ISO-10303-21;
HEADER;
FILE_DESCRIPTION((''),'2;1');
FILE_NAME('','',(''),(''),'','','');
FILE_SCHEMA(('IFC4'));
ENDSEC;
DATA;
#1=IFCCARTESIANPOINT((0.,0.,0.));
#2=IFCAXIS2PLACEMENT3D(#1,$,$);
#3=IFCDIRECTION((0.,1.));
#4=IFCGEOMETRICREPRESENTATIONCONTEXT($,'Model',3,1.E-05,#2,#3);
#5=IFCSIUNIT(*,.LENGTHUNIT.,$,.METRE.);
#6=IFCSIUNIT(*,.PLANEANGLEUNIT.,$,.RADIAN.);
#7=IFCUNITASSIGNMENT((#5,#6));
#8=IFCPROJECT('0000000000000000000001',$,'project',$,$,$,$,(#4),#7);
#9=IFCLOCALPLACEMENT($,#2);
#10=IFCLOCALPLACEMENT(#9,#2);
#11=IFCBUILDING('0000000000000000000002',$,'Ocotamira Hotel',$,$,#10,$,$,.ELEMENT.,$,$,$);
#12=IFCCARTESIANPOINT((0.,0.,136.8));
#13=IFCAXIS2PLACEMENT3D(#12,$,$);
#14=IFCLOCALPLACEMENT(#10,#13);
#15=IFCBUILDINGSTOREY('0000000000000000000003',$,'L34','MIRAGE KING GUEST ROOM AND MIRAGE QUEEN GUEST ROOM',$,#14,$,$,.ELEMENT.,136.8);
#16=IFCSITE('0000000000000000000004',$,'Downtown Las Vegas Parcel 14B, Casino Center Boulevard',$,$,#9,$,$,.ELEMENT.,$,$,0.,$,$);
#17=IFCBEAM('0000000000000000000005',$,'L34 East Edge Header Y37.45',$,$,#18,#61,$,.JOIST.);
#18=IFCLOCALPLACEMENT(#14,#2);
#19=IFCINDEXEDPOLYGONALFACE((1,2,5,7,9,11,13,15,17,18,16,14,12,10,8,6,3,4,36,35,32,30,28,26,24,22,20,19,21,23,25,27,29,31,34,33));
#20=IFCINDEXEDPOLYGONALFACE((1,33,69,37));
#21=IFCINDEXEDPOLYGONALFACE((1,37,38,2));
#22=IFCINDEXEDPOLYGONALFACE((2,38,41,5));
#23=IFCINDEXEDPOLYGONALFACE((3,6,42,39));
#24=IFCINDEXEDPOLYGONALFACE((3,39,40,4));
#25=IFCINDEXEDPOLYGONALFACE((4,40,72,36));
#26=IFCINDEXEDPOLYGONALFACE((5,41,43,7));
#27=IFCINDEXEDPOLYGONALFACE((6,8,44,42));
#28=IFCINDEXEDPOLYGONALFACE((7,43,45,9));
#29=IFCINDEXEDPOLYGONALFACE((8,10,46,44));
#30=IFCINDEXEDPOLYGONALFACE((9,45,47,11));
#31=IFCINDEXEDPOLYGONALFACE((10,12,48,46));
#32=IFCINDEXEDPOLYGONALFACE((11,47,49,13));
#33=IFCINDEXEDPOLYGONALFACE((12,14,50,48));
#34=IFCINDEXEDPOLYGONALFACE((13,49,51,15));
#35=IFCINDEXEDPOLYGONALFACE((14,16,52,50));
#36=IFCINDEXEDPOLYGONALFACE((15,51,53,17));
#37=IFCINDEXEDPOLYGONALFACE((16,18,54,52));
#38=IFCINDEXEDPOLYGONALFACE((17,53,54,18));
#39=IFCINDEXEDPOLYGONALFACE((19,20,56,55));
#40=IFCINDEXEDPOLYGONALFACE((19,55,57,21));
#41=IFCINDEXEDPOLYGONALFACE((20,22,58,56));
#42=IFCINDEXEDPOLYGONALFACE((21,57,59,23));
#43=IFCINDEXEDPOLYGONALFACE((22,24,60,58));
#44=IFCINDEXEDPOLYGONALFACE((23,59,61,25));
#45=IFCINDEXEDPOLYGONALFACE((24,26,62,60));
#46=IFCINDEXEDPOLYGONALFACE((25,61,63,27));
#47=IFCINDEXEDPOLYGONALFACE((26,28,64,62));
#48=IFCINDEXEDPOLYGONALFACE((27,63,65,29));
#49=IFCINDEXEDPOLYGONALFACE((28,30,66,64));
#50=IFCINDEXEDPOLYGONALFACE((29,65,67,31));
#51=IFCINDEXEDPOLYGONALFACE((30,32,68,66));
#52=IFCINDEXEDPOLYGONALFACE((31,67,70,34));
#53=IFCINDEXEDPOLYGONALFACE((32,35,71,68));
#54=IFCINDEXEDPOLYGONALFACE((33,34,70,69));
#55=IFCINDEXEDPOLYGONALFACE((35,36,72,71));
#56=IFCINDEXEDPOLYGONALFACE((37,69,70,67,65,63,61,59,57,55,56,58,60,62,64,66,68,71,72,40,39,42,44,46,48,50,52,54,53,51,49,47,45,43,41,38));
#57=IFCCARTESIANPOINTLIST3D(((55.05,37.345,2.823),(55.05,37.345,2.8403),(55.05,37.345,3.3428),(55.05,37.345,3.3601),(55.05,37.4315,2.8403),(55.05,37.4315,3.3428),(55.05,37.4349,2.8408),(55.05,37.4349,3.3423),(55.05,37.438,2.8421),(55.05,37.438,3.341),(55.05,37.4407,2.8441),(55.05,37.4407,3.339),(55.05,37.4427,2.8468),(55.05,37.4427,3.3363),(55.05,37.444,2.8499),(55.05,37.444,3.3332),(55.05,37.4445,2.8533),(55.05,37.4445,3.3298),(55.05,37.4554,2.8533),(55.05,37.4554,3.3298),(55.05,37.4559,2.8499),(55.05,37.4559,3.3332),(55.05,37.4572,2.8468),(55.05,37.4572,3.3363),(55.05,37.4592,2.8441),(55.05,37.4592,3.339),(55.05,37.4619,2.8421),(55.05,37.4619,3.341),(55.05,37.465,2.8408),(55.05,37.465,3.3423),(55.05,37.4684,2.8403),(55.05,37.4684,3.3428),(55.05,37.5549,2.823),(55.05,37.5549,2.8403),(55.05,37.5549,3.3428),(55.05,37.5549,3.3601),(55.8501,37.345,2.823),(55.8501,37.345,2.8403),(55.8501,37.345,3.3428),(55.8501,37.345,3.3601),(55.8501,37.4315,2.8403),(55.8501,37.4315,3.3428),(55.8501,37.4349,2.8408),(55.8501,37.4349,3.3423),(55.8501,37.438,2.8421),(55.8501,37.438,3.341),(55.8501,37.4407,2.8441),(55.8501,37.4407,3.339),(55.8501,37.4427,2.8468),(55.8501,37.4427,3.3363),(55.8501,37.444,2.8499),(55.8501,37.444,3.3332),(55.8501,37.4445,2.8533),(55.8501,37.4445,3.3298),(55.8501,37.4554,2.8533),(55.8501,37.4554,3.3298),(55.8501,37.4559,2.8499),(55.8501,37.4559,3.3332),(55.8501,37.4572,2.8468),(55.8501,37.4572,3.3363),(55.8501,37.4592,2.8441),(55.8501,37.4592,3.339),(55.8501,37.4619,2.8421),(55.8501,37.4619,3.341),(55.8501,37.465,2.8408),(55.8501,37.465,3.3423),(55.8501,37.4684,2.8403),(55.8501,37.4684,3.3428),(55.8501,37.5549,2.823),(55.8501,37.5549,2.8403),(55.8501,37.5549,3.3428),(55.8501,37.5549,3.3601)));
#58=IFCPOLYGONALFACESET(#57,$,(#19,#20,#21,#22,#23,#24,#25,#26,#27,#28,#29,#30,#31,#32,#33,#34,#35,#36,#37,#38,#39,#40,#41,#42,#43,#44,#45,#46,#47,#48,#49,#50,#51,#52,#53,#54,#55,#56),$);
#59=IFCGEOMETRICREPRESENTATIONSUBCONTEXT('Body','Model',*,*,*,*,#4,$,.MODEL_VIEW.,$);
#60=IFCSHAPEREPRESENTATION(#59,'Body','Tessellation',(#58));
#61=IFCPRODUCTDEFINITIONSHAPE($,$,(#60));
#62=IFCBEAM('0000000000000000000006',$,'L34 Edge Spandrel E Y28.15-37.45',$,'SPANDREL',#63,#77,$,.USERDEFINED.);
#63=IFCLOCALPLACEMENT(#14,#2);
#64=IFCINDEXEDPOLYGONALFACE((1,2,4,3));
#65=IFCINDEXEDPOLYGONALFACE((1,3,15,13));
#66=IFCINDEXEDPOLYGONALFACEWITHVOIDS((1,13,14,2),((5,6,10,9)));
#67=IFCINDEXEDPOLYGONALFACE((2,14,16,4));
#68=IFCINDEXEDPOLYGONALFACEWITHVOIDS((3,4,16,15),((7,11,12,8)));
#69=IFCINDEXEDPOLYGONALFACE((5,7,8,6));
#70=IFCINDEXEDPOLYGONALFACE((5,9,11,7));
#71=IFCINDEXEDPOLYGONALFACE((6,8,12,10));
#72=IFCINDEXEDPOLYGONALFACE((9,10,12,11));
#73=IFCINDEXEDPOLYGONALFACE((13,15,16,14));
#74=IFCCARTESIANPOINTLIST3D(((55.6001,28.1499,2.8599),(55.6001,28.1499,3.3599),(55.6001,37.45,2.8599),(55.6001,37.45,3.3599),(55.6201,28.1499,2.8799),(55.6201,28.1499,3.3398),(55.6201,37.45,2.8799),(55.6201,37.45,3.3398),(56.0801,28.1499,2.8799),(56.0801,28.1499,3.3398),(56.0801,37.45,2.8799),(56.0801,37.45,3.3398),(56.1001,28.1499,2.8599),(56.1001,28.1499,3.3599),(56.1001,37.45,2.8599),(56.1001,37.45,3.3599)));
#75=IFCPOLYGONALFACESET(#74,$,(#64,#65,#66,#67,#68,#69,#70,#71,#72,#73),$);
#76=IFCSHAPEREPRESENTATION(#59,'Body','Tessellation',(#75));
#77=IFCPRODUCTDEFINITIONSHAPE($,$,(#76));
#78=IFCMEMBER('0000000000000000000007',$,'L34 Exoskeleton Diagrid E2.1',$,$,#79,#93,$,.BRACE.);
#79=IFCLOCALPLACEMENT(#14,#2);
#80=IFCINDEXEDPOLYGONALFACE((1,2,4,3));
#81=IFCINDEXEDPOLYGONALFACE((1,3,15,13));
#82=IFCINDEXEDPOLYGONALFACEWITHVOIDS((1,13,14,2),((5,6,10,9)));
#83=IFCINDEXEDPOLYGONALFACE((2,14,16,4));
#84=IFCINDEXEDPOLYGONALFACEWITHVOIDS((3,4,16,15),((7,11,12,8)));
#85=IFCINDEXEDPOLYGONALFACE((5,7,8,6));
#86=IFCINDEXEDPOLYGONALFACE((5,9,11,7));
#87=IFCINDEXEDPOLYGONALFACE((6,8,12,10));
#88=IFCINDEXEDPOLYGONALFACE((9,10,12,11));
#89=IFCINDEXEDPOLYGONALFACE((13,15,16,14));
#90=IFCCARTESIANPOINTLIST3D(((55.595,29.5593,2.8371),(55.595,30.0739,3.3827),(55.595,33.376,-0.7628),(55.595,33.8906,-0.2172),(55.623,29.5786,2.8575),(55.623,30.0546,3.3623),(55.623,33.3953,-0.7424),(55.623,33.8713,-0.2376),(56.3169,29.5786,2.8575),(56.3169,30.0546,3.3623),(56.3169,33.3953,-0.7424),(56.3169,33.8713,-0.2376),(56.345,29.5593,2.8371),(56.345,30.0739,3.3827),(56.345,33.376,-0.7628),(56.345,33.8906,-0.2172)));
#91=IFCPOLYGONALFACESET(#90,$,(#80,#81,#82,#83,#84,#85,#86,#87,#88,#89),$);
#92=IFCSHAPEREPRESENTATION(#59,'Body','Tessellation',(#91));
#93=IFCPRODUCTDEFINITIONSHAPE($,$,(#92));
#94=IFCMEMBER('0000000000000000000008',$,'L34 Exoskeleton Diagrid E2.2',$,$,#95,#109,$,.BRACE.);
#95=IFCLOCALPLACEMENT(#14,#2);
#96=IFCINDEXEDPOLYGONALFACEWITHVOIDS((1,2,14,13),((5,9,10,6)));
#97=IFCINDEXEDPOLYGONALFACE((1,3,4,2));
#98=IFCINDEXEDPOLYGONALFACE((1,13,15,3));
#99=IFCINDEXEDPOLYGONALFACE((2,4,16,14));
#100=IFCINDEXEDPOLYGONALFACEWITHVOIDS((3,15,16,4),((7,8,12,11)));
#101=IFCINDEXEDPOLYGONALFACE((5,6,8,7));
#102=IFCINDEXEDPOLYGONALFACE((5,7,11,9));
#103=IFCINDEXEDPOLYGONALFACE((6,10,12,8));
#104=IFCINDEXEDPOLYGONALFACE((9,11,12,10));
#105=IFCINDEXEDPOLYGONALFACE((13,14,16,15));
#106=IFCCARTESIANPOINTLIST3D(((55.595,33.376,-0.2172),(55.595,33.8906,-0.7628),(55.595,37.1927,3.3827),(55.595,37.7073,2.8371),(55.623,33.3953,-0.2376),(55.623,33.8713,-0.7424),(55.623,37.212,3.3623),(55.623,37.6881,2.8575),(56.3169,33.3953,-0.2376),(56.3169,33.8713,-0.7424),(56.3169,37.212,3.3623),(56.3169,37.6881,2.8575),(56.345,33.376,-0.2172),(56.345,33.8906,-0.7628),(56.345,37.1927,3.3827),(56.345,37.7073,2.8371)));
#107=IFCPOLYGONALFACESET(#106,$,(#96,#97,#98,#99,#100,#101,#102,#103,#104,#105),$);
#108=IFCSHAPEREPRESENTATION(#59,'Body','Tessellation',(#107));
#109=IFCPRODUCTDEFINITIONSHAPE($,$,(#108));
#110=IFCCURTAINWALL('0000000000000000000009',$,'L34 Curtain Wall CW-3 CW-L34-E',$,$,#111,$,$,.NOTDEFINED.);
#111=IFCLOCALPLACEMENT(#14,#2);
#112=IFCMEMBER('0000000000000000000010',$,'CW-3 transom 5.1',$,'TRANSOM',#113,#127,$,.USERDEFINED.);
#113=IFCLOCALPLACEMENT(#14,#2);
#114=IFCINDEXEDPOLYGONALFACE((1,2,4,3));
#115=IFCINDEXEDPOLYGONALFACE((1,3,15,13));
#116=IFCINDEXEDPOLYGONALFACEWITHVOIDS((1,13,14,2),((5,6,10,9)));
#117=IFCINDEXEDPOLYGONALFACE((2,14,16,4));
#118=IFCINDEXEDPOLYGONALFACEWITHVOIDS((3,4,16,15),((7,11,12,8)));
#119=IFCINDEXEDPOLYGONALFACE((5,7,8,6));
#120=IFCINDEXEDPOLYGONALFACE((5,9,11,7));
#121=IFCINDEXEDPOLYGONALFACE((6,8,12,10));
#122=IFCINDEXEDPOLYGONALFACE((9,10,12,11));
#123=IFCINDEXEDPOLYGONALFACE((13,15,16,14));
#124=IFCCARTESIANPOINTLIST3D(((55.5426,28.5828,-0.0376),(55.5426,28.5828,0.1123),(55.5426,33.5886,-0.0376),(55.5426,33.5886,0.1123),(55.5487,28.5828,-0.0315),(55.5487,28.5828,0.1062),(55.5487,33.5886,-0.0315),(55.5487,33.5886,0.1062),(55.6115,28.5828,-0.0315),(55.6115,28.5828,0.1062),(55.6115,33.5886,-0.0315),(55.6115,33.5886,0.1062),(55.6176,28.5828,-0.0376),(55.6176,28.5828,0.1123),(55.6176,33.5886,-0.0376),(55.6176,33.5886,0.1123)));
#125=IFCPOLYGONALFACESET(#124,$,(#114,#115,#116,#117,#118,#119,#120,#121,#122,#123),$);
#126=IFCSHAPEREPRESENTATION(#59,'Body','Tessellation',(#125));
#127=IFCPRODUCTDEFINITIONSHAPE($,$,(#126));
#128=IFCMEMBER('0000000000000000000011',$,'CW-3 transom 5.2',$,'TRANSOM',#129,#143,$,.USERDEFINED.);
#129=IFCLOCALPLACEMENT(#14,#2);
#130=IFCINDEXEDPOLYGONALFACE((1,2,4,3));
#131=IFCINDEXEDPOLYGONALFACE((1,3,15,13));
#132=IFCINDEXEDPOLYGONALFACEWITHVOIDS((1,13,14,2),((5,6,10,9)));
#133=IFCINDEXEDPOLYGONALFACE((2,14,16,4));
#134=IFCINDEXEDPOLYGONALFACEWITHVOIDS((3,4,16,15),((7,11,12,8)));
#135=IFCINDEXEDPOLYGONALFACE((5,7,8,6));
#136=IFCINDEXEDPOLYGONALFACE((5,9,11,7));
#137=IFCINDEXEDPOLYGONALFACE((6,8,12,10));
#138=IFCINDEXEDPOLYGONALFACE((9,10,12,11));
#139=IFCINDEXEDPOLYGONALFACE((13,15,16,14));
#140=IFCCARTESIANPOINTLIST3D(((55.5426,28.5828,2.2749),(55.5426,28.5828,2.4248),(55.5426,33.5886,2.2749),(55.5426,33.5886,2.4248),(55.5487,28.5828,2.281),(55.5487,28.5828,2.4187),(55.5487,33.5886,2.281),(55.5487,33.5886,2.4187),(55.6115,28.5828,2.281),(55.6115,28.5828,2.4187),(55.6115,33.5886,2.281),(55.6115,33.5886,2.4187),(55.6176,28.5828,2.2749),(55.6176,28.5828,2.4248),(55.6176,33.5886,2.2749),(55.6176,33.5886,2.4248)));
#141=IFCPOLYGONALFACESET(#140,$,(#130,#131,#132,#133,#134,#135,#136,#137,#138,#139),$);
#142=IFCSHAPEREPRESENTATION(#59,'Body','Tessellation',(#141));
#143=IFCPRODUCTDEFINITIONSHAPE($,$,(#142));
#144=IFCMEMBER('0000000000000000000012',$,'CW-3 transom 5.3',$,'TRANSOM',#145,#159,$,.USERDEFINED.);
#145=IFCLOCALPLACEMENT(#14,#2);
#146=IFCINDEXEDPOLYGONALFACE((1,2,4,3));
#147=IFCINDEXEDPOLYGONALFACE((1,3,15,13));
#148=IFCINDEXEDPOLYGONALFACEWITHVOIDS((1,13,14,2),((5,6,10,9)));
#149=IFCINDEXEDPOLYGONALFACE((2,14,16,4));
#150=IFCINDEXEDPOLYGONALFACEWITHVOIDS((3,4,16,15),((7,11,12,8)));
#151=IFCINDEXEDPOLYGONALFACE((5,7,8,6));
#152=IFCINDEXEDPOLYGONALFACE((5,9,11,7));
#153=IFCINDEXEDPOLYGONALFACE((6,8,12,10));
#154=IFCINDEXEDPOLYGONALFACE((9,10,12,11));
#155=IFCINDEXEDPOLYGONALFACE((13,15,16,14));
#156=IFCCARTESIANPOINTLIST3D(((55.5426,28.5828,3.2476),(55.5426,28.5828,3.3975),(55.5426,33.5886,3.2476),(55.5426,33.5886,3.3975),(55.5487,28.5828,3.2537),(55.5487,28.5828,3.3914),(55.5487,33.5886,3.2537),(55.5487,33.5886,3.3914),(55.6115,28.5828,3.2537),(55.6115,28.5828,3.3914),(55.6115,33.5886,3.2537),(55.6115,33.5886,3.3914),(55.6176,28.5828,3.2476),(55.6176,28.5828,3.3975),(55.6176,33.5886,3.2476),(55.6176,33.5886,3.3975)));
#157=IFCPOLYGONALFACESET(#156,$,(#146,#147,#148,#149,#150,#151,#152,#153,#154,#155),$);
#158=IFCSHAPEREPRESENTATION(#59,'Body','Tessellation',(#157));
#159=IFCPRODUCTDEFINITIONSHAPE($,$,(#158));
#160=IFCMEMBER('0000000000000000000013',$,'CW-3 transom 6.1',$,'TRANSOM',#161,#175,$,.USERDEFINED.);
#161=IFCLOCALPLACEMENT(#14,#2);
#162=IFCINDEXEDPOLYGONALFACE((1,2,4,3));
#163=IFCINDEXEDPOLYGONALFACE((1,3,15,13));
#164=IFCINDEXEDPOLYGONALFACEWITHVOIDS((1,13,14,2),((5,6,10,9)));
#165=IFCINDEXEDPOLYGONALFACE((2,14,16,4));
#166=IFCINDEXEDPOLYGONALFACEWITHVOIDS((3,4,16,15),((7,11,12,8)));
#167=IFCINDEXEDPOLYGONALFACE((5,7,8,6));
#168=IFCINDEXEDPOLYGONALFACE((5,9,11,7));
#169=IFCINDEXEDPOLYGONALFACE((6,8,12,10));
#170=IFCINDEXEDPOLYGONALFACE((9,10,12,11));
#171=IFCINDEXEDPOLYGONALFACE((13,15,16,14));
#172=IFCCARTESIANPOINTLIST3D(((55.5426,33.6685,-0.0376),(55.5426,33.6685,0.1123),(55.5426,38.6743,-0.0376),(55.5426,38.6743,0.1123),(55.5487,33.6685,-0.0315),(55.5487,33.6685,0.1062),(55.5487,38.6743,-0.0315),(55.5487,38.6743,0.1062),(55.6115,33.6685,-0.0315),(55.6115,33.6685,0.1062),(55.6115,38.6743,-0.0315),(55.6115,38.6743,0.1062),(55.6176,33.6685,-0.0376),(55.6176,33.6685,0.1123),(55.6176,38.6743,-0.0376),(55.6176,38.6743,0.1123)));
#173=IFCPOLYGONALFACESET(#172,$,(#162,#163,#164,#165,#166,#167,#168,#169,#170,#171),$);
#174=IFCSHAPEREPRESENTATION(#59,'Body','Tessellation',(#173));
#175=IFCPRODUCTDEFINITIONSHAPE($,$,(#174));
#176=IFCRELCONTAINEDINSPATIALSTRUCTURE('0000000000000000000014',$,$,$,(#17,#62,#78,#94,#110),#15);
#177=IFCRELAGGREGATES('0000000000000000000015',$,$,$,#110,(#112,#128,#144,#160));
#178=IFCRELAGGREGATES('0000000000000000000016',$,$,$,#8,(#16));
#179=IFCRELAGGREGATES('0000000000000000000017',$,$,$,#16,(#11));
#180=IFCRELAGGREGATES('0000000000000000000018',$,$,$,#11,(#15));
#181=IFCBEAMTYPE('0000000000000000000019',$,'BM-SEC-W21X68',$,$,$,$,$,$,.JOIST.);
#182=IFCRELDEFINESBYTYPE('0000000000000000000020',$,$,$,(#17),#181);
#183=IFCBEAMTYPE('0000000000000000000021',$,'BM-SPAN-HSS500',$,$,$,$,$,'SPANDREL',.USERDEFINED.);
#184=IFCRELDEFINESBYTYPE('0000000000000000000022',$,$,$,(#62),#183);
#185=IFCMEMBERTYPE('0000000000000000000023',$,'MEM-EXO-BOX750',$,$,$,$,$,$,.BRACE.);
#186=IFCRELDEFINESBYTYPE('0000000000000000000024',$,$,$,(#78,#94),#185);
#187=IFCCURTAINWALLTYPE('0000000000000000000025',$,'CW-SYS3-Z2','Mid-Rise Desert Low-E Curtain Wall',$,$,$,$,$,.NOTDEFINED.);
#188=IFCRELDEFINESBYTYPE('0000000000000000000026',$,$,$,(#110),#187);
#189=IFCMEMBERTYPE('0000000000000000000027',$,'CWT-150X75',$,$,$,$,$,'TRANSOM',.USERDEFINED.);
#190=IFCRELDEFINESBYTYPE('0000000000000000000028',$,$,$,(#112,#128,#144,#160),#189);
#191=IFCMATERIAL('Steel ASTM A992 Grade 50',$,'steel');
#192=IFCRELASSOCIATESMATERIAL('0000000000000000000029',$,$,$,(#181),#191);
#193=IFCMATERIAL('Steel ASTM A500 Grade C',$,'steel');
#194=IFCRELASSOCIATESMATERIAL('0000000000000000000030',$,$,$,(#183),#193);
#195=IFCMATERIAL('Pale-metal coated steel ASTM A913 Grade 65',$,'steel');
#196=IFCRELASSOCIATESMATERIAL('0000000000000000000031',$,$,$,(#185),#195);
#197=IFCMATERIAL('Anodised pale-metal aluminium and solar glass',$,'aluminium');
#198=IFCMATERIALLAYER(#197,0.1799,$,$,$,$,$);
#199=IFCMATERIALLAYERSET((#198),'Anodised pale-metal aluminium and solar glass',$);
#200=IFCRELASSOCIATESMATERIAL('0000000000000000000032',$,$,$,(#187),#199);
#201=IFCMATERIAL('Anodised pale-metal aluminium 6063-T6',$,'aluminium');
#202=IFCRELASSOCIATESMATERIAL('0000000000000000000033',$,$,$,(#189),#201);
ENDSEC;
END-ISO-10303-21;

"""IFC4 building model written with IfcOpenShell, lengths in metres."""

from ifc_helpers import new_model, si_unit, direction, frame, origin, origin_2d, place, context, subcontext, project, spatial, hollow_rectangle, i_section, extrude, source, transform, mapped, material, layer, layer_set, material_profile, profile_set, type_object, element, aggregate, save


model = new_model("IFC4")

# Units and contexts
model_context = context("Model", 3, precision=1e-05, world=origin(), true_north=direction((0.0, 1.0)))
body_context = subcontext(model_context, "Body", "Model", "MODEL_VIEW")
ifc_project = project(units=[si_unit("LENGTHUNIT", "METRE"), si_unit("PLANEANGLEUNIT", "RADIAN")], contexts=[model_context])

# Site, building, storey
site_placement = place(None, origin())
site = spatial("IfcSite", under=ifc_project, at=site_placement, Name="Downtown Las Vegas Parcel 14B, Casino Center Boulevard", CompositionType="ELEMENT", RefElevation=0.0)
building_placement = place(site_placement, origin())
building = spatial("IfcBuilding", under=site, at=building_placement, Name="Ocotamira Hotel", CompositionType="ELEMENT")
storey_placement = place(building_placement, frame((0.0, 0.0, 136.8)))
storey = spatial("IfcBuildingStorey", under=building, at=storey_placement, Name="L34", Description="MIRAGE KING GUEST ROOM AND MIRAGE QUEEN GUEST ROOM", CompositionType="ELEMENT", Elevation=136.8)

# Beams
ifc_material_1 = material(Name="Steel ASTM A500 Grade C", Category="steel")
ifc_material_2 = material(Name="Steel ASTM A992 Grade 50", Category="steel")
ifc_material_profile_1 = material_profile(ifc_material_2, i_section(OverallWidth=0.21, OverallDepth=0.5371, WebThickness=0.011, FlangeThickness=0.0173, FilletRadius=0.0129, at=origin_2d()), Name="W21X68")
ifc_profile_set_1 = profile_set([ifc_material_profile_1], Name="Steel ASTM A992 Grade 50")
beam_type_1 = type_object("IfcBeamType", Name="BM-SEC-W21X68", PredefinedType="JOIST", material=ifc_profile_set_1)
shared_shape_1 = source(origin(), body_context, "Body", "SweptSolid", [
    extrude(i_section(OverallWidth=0.21, OverallDepth=0.5371, WebThickness=0.011, FlangeThickness=0.0173, FilletRadius=0.0129, at=origin_2d()), origin(), (0.0, 0.0, 1.0), 0.8),
])
for number, where, z_axis, x_axis, name in (
    (1, (55.05, 37.45, 3.0916), (1.0, 0.0, 0.0), (0.0, 1.0, 0.0), "L34 East Edge Header Y37.45"),
):
    element("IfcBeam", number, at=place(storey_placement, frame(where, z_axis=z_axis, x_axis=x_axis)), inside=storey, type_object=beam_type_1, Name=name, PredefinedType="JOIST", context=body_context, shape_type="MappedRepresentation", body=[
        mapped(shared_shape_1, transform((0.0, 0.0, 0.0), scale=1.0)),
    ])
ifc_material_profile_2 = material_profile(ifc_material_1, hollow_rectangle(XDim=0.5, YDim=0.5, WallThickness=0.02, at=origin_2d()), Name="HSS500X500X20")
ifc_profile_set_2 = profile_set([ifc_material_profile_2], Name="Steel ASTM A500 Grade C")
beam_type_2 = type_object("IfcBeamType", Name="BM-SPAN-HSS500", ElementType="SPANDREL", PredefinedType="USERDEFINED", material=ifc_profile_set_2)
shared_shape_2 = source(origin(), body_context, "Body", "SweptSolid", [
    extrude(hollow_rectangle(XDim=0.5, YDim=0.5, WallThickness=0.02, at=origin_2d()), origin(), (0.0, 0.0, 1.0), 9.3),
])
beam_1_placement = place(storey_placement, frame((55.8501, 28.1499, 3.1099), z_axis=(0.0, 1.0, 0.0), x_axis=(-1.0, 0.0, 0.0)))
element("IfcBeam", 2, at=beam_1_placement, inside=storey, type_object=beam_type_2, Name="L34 Edge Spandrel E Y28.15-37.45", ObjectType="SPANDREL", PredefinedType="USERDEFINED", context=body_context, shape_type="MappedRepresentation", body=[
    mapped(shared_shape_2, transform((0.0, 0.0, 0.0), scale=1.0)),
])

# Members
ifc_material_3 = material(Name="Pale-metal coated steel ASTM A913 Grade 65", Category="steel")
ifc_material_profile_3 = material_profile(ifc_material_3, hollow_rectangle(XDim=0.75, YDim=0.75, WallThickness=0.0281, at=origin_2d()), Name="BOX750X750X28")
ifc_profile_set_3 = profile_set([ifc_material_profile_3], Name="Pale-metal coated steel ASTM A913 Grade 65")
member_type_1 = type_object("IfcMemberType", Name="MEM-EXO-BOX750", PredefinedType="BRACE", material=ifc_profile_set_3)
shared_shape_3 = source(origin(), body_context, "Body", "SweptSolid", [
    extrude(hollow_rectangle(XDim=0.75, YDim=0.75, WallThickness=0.0281, at=origin_2d()), origin(), (0.0, 0.0, 1.0), 5.2466),
])
for number, where, z_axis, x_axis, name in (
    (3, (55.97, 33.6333, -0.49), (0.0, -0.727466, 0.686144), (1.0, 0.0, 0.0), "L34 Exoskeleton Diagrid E2.1"),
    (4, (55.97, 33.6333, -0.49), (0.0, 0.727466, 0.686144), (-1.0, 0.0, 0.0), "L34 Exoskeleton Diagrid E2.2"),
):
    element("IfcMember", number, at=place(storey_placement, frame(where, z_axis=z_axis, x_axis=x_axis)), inside=storey, type_object=member_type_1, Name=name, PredefinedType="BRACE", context=body_context, shape_type="MappedRepresentation", body=[
        mapped(shared_shape_3, transform((0.0, 0.0, 0.0), scale=1.0)),
    ])

# Curtain wall, members
ifc_material_4 = material(Name="Anodised pale-metal aluminium and solar glass", Category="aluminium")
ifc_layer_1 = layer(ifc_material_4, 0.1799)
ifc_layer_set_1 = layer_set([ifc_layer_1], Name="Anodised pale-metal aluminium and solar glass")
curtain_wall_type = type_object("IfcCurtainWallType", Name="CW-SYS3-Z2", Description="Mid-Rise Desert Low-E Curtain Wall", PredefinedType="NOTDEFINED", material=ifc_layer_set_1)
curtain_wall_placement = place(storey_placement, origin())
curtain_wall = element("IfcCurtainWall", 5, at=curtain_wall_placement, inside=storey, type_object=curtain_wall_type, Name="L34 Curtain Wall CW-3 CW-L34-E", PredefinedType="NOTDEFINED")
ifc_material_5 = material(Name="Anodised pale-metal aluminium 6063-T6", Category="aluminium")
ifc_material_profile_4 = material_profile(ifc_material_5, hollow_rectangle(XDim=0.075, YDim=0.1499, WallThickness=0.0061, at=origin_2d()), Name="HSS150X75X6")
ifc_profile_set_4 = profile_set([ifc_material_profile_4], Name="Anodised pale-metal aluminium 6063-T6")
member_type_2 = type_object("IfcMemberType", Name="CWT-150X75", ElementType="TRANSOM", PredefinedType="USERDEFINED", material=ifc_profile_set_4)
shared_shape_4 = source(origin(), body_context, "Body", "SweptSolid", [
    extrude(hollow_rectangle(XDim=0.075, YDim=0.1499, WallThickness=0.0061, at=origin_2d()), origin(), (0.0, 0.0, 1.0), 5.0059),
])
member_1_placement = place(storey_placement, frame((55.5801, 28.5828, 0.0374), z_axis=(0.0, 1.0, 0.0), x_axis=(-1.0, 0.0, 0.0)))
member_1 = element("IfcMember", 6, at=member_1_placement, type_object=member_type_2, Name="CW-3 transom 5.1", ObjectType="TRANSOM", PredefinedType="USERDEFINED", context=body_context, shape_type="MappedRepresentation", body=[
    mapped(shared_shape_4, transform((0.0, 0.0, 0.0), scale=1.0)),
])
member_2_placement = place(storey_placement, frame((55.5801, 28.5828, 2.3499), z_axis=(0.0, 1.0, 0.0), x_axis=(-1.0, 0.0, 0.0)))
member_2 = element("IfcMember", 7, at=member_2_placement, type_object=member_type_2, Name="CW-3 transom 5.2", ObjectType="TRANSOM", PredefinedType="USERDEFINED", context=body_context, shape_type="MappedRepresentation", body=[
    mapped(shared_shape_4, transform((0.0, 0.0, 0.0), scale=1.0)),
])
member_3_placement = place(storey_placement, frame((55.5801, 28.5828, 3.3225), z_axis=(0.0, 1.0, 0.0), x_axis=(-1.0, 0.0, 0.0)))
member_3 = element("IfcMember", 8, at=member_3_placement, type_object=member_type_2, Name="CW-3 transom 5.3", ObjectType="TRANSOM", PredefinedType="USERDEFINED", context=body_context, shape_type="MappedRepresentation", body=[
    mapped(shared_shape_4, transform((0.0, 0.0, 0.0), scale=1.0)),
])
member_4_placement = place(storey_placement, frame((55.5801, 33.6685, 0.0374), z_axis=(0.0, 1.0, 0.0), x_axis=(-1.0, 0.0, 0.0)))
member_4 = element("IfcMember", 9, at=member_4_placement, type_object=member_type_2, Name="CW-3 transom 6.1", ObjectType="TRANSOM", PredefinedType="USERDEFINED", context=body_context, shape_type="MappedRepresentation", body=[
    mapped(shared_shape_4, transform((0.0, 0.0, 0.0), scale=1.0)),
])

aggregate(curtain_wall, [member_1, member_2, member_3, member_4])

save(model, "model.ifc")
